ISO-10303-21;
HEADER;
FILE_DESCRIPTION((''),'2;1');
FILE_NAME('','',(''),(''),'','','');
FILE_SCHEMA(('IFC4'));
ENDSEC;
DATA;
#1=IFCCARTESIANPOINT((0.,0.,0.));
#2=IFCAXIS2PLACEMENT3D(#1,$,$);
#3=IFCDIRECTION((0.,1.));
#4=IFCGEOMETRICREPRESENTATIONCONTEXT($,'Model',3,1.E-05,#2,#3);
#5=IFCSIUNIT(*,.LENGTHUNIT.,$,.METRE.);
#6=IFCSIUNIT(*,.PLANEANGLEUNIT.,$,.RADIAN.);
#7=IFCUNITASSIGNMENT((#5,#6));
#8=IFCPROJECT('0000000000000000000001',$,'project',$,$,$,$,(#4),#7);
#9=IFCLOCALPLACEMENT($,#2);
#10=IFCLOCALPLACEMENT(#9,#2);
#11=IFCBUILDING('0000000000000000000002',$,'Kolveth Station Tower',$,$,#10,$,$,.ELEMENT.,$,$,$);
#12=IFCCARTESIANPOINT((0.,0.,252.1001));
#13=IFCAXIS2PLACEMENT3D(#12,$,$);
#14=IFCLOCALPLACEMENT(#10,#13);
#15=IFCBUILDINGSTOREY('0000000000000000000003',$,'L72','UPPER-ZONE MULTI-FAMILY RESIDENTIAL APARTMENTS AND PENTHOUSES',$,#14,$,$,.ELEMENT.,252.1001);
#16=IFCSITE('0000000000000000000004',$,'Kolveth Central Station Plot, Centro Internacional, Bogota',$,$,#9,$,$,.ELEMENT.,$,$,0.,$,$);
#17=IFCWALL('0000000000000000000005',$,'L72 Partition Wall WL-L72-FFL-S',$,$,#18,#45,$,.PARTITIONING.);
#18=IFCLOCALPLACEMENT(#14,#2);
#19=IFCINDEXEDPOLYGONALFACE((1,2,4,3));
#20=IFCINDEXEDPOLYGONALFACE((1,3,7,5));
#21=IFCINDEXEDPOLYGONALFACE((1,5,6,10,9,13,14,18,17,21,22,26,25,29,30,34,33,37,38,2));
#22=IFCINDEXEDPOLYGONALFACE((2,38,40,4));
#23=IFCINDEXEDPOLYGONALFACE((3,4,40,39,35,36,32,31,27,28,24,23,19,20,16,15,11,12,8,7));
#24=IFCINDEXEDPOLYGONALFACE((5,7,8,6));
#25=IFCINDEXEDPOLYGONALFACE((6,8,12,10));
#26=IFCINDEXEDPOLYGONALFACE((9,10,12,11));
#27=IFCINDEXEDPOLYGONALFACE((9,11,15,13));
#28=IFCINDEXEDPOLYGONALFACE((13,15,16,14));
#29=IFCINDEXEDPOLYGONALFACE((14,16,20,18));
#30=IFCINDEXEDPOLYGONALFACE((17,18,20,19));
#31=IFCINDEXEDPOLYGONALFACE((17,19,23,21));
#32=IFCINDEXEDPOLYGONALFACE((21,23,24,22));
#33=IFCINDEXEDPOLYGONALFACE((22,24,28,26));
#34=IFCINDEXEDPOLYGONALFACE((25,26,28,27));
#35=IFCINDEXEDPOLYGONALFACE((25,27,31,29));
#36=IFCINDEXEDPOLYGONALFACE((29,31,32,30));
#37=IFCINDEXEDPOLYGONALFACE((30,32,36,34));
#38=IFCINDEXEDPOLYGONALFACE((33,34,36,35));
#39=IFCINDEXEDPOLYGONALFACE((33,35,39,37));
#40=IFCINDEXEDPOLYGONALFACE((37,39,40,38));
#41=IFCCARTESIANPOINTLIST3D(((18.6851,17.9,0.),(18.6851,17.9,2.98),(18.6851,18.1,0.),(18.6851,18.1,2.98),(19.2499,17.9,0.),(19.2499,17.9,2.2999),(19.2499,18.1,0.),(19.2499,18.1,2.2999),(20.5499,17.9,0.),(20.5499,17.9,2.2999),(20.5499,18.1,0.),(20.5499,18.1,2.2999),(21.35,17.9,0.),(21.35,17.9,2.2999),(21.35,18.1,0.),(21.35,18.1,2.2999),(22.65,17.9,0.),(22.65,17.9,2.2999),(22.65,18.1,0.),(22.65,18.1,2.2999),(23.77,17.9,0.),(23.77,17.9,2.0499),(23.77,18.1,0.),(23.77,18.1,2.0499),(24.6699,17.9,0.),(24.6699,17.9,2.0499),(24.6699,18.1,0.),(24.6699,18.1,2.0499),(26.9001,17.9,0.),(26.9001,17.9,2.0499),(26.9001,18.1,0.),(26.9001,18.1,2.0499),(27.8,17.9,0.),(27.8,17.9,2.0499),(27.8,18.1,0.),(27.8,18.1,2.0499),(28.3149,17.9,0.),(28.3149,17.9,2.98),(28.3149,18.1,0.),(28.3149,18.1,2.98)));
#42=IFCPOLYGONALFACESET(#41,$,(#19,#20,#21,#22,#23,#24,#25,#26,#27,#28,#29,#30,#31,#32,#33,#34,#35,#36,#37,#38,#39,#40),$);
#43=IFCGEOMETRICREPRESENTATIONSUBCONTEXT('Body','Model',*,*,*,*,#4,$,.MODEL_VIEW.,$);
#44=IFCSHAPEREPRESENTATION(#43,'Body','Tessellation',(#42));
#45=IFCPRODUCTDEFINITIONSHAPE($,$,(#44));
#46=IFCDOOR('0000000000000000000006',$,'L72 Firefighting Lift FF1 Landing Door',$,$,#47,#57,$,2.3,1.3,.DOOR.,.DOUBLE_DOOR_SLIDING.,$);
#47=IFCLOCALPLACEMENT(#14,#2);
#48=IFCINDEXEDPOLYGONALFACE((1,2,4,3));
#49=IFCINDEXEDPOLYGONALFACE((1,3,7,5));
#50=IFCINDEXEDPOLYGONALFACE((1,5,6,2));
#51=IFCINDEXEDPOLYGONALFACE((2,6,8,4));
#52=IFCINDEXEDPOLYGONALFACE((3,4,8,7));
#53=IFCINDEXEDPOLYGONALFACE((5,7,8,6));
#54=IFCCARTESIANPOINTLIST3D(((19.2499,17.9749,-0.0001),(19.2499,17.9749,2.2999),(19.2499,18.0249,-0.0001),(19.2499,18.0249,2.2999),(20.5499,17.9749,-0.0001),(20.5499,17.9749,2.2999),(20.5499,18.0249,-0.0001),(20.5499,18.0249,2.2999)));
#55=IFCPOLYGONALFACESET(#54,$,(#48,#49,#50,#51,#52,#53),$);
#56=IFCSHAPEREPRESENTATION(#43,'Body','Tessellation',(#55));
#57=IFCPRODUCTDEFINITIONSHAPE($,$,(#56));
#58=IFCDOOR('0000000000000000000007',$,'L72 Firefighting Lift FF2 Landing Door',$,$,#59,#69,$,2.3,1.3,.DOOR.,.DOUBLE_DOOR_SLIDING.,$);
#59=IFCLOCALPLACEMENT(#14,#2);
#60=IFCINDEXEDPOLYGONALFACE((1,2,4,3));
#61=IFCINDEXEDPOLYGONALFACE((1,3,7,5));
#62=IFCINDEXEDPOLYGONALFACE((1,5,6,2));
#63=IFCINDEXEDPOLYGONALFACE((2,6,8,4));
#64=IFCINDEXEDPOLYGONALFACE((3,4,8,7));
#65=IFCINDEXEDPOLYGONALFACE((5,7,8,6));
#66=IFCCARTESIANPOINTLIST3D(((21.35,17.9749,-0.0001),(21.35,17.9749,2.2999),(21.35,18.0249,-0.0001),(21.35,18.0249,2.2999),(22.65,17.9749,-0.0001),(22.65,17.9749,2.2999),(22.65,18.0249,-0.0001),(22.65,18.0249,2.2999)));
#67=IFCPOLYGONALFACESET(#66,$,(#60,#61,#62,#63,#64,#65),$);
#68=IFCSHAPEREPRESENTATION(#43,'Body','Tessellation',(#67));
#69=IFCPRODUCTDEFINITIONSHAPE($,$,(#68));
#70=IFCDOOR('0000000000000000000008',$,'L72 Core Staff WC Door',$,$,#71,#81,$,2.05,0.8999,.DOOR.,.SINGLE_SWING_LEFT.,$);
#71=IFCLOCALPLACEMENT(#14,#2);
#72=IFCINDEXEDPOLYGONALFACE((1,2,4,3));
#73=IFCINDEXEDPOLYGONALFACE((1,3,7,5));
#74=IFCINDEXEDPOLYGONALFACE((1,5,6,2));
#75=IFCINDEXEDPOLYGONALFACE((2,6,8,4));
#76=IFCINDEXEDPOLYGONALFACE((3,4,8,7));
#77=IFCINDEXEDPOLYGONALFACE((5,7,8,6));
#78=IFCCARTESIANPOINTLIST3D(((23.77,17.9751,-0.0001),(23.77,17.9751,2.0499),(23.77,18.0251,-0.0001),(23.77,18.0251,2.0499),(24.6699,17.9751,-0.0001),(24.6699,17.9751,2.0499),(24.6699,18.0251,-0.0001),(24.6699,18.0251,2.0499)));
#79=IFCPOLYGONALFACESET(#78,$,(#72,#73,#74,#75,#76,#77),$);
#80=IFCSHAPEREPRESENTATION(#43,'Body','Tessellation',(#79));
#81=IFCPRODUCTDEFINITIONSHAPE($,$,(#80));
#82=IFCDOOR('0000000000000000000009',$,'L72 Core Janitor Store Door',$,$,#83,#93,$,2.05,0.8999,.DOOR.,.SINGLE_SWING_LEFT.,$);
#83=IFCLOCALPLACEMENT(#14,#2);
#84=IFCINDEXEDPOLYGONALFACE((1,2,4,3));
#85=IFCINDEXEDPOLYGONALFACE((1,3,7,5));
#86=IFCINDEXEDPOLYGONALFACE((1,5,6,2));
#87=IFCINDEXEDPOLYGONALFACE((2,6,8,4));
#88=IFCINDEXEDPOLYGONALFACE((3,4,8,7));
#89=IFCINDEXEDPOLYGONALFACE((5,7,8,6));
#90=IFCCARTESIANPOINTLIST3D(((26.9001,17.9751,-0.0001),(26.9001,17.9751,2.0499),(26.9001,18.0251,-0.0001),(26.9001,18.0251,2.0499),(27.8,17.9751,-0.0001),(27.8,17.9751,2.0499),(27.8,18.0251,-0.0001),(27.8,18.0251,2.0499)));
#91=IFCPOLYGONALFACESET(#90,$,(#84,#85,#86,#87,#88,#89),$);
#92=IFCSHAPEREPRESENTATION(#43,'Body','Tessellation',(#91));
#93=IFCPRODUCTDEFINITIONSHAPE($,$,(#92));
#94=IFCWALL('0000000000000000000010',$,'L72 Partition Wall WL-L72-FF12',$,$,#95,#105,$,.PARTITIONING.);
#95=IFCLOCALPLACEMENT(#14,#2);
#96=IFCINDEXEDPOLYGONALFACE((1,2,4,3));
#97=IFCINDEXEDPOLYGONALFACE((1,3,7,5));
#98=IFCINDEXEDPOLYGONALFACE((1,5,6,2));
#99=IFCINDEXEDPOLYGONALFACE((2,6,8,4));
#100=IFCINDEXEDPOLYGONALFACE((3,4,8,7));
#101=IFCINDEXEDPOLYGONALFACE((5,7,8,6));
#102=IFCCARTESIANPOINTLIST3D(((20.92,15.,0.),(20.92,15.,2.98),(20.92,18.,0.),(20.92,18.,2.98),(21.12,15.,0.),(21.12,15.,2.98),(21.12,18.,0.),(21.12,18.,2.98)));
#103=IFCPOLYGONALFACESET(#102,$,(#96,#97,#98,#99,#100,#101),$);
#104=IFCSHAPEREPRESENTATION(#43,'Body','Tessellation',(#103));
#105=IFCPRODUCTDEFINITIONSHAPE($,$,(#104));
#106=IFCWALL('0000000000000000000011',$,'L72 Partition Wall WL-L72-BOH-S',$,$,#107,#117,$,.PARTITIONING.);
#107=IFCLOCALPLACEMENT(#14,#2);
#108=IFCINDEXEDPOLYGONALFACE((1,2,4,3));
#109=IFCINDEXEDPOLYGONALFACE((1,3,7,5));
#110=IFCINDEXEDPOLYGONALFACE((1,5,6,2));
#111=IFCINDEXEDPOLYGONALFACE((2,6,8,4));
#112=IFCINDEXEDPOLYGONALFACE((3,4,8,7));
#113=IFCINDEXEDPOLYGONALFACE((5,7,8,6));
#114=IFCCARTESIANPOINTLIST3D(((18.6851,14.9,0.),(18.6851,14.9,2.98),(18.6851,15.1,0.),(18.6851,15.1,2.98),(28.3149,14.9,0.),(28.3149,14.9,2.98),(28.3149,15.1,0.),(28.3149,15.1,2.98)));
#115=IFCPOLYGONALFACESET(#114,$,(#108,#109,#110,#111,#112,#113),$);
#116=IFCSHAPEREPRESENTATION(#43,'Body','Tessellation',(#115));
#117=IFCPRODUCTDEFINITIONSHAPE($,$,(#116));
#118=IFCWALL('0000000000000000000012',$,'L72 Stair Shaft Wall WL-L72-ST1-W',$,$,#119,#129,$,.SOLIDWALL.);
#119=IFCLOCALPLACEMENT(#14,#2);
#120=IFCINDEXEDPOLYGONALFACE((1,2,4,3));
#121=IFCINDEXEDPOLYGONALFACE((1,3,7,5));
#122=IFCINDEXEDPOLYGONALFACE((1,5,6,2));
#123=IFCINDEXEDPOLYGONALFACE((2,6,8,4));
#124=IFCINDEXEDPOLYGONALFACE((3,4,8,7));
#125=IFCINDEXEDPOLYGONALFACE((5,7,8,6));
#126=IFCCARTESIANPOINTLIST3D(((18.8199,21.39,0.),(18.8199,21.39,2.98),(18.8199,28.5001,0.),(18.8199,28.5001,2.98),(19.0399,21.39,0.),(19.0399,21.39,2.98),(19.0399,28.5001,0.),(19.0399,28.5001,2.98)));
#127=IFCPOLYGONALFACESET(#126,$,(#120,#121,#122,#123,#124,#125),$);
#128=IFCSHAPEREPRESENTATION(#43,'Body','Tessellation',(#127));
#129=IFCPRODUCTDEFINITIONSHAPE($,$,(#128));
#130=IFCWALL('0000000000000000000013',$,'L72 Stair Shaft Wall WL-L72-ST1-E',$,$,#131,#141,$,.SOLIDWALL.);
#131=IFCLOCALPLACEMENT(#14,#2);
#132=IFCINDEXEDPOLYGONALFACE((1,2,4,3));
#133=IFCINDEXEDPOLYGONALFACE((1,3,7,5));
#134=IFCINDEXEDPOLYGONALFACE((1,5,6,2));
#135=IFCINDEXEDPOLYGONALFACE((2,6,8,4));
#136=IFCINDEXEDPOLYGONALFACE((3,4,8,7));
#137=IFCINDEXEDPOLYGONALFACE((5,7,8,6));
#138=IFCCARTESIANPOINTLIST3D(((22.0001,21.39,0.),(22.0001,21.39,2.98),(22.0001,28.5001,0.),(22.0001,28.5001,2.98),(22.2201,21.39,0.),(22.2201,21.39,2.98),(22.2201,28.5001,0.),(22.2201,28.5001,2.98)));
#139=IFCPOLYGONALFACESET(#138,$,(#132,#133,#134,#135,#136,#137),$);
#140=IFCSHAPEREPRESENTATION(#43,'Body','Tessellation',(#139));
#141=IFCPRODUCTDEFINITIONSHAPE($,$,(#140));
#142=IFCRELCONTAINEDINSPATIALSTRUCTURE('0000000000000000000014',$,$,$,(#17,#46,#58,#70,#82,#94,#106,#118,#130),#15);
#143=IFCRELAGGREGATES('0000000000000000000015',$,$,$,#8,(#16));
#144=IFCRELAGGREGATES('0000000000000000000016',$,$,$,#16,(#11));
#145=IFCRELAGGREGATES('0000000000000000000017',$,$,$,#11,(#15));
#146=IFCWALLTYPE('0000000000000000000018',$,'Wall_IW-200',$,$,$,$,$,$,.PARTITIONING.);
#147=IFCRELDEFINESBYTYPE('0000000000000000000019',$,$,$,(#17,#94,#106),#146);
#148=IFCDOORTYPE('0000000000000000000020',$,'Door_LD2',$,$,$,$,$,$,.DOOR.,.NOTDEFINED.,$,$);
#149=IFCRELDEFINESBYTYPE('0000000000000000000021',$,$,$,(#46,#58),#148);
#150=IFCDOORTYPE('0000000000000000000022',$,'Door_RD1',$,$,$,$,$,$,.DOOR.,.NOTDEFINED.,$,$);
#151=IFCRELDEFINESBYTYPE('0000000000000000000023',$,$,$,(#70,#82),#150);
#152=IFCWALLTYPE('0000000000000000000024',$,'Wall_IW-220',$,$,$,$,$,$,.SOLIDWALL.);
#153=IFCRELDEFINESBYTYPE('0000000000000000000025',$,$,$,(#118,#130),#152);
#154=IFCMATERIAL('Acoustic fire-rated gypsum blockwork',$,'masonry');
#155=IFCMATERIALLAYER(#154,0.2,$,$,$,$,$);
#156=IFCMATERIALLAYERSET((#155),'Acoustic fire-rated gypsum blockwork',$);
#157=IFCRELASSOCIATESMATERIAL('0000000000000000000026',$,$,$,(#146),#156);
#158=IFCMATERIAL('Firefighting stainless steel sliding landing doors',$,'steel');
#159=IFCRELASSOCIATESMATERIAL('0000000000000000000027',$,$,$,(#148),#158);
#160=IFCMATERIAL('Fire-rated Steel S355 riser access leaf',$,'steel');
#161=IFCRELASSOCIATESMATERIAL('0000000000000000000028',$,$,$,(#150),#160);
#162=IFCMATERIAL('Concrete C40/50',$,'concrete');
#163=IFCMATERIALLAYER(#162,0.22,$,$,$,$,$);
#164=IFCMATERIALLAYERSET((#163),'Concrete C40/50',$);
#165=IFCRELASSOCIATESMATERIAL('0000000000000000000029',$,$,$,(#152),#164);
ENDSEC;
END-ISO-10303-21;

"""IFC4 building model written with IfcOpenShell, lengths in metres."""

from ifc_helpers import new_model, si_unit, direction, frame, frame_2d, origin, place, context, subcontext, project, spatial, rectangle, extrude, material, layer, layer_set, type_object, element, fill, save


model = new_model("IFC4")

# Units and contexts
model_context = context("Model", 3, precision=1e-05, world=origin(), true_north=direction((0.0, 1.0)))
body_context = subcontext(model_context, "Body", "Model", "MODEL_VIEW")
ifc_project = project(units=[si_unit("LENGTHUNIT", "METRE"), si_unit("PLANEANGLEUNIT", "RADIAN")], contexts=[model_context])

# Site, building, storey
site_placement = place(None, origin())
site = spatial("IfcSite", under=ifc_project, at=site_placement, Name="Kolveth Central Station Plot, Centro Internacional, Bogota", CompositionType="ELEMENT", RefElevation=0.0)
building_placement = place(site_placement, origin())
building = spatial("IfcBuilding", under=site, at=building_placement, Name="Kolveth Station Tower", CompositionType="ELEMENT")
storey_placement = place(building_placement, frame((0.0, 0.0, 252.1001)))
storey = spatial("IfcBuildingStorey", under=building, at=storey_placement, Name="L72", Description="UPPER-ZONE MULTI-FAMILY RESIDENTIAL APARTMENTS AND PENTHOUSES", CompositionType="ELEMENT", Elevation=252.1001)

# Shared definitions
ifc_material_1 = material(Name="Acoustic fire-rated gypsum blockwork", Category="masonry")
ifc_layer_1 = layer(ifc_material_1, 0.2)
ifc_layer_set_1 = layer_set([ifc_layer_1], Name="Acoustic fire-rated gypsum blockwork")
wall_type_1 = type_object("IfcWallType", Name="Wall_IW-200", PredefinedType="PARTITIONING", material=ifc_layer_set_1)

# Wall, openings, doors
wall_1_placement = place(storey_placement, frame((18.6851, 18.0, 0.0), z_axis=(0.0, 0.0, 1.0), x_axis=(1.0, 0.0, 0.0)))
wall_1 = element("IfcWall", 1, at=wall_1_placement, inside=storey, type_object=wall_type_1, Name="L72 Partition Wall WL-L72-FFL-S", PredefinedType="PARTITIONING", context=body_context, shape_type="SweptSolid", body=[
    extrude(rectangle(XDim=9.6299, YDim=0.2, at=frame_2d((4.8149, 0.0))), origin(), (0.0, 0.0, 1.0), 2.98),
])
opening_1_placement = place(wall_1_placement, frame((0.5649, 0.0, 0.0)))
opening_1 = element("IfcOpeningElement", 2, at=opening_1_placement, cuts=wall_1, PredefinedType="OPENING", context=body_context, shape_type="SweptSolid", body=[
    extrude(rectangle(XDim=1.3, YDim=2.3, at=frame_2d((0.6499, 1.1499))), frame((0.0, 0.1099, 0.0), z_axis=(0.0, -1.0, 0.0), x_axis=(1.0, 0.0, 0.0)), (0.0, 0.0, 1.0), 0.22),
])
opening_2_placement = place(wall_1_placement, frame((2.665, 0.0, 0.0)))
opening_2 = element("IfcOpeningElement", 3, at=opening_2_placement, cuts=wall_1, PredefinedType="OPENING", context=body_context, shape_type="SweptSolid", body=[
    extrude(rectangle(XDim=1.3, YDim=2.3, at=frame_2d((0.6499, 1.1499))), frame((0.0, 0.1099, 0.0), z_axis=(0.0, -1.0, 0.0), x_axis=(1.0, 0.0, 0.0)), (0.0, 0.0, 1.0), 0.22),
])
opening_3_placement = place(wall_1_placement, frame((5.085, 0.0, 0.0)))
opening_3 = element("IfcOpeningElement", 4, at=opening_3_placement, cuts=wall_1, PredefinedType="OPENING", context=body_context, shape_type="SweptSolid", body=[
    extrude(rectangle(XDim=0.8999, YDim=2.05, at=frame_2d((0.45, 1.0249))), frame((0.0, 0.1099, 0.0), z_axis=(0.0, -1.0, 0.0), x_axis=(1.0, 0.0, 0.0)), (0.0, 0.0, 1.0), 0.22),
])
opening_4_placement = place(wall_1_placement, frame((8.2151, 0.0, 0.0)))
opening_4 = element("IfcOpeningElement", 5, at=opening_4_placement, cuts=wall_1, PredefinedType="OPENING", context=body_context, shape_type="SweptSolid", body=[
    extrude(rectangle(XDim=0.8999, YDim=2.05, at=frame_2d((0.45, 1.0249))), frame((0.0, 0.1099, 0.0), z_axis=(0.0, -1.0, 0.0), x_axis=(1.0, 0.0, 0.0)), (0.0, 0.0, 1.0), 0.22),
])
ifc_material_2 = material(Name="Firefighting stainless steel sliding landing doors", Category="steel")
door_type_1 = type_object("IfcDoorType", Name="Door_LD2", OperationType="NOTDEFINED", PredefinedType="DOOR", material=ifc_material_2)
door_1_placement = place(opening_1_placement, origin())
door_1 = element("IfcDoor", 6, at=door_1_placement, inside=storey, type_object=door_type_1, Name="L72 Firefighting Lift FF1 Landing Door", OperationType="DOUBLE_DOOR_SLIDING", OverallHeight=2.3, OverallWidth=1.3, PredefinedType="DOOR", context=body_context, shape_type="SweptSolid", body=[
    extrude(rectangle(XDim=1.3, YDim=2.3, at=frame_2d((0.6499, 1.1499))), frame((0.0, 0.0249, 0.0), z_axis=(0.0, -1.0, 0.0), x_axis=(1.0, 0.0, 0.0)), (0.0, 0.0, 1.0), 0.05),
])
fill(opening_1, door_1)
door_2_placement = place(opening_2_placement, origin())
door_2 = element("IfcDoor", 7, at=door_2_placement, inside=storey, type_object=door_type_1, Name="L72 Firefighting Lift FF2 Landing Door", OperationType="DOUBLE_DOOR_SLIDING", OverallHeight=2.3, OverallWidth=1.3, PredefinedType="DOOR", context=body_context, shape_type="SweptSolid", body=[
    extrude(rectangle(XDim=1.3, YDim=2.3, at=frame_2d((0.6499, 1.1499))), frame((0.0, 0.0249, 0.0), z_axis=(0.0, -1.0, 0.0), x_axis=(1.0, 0.0, 0.0)), (0.0, 0.0, 1.0), 0.05),
])
fill(opening_2, door_2)
ifc_material_3 = material(Name="Fire-rated Steel S355 riser access leaf", Category="steel")
door_type_2 = type_object("IfcDoorType", Name="Door_RD1", OperationType="NOTDEFINED", PredefinedType="DOOR", material=ifc_material_3)
door_3_placement = place(opening_3_placement, frame((0.8999, 0.0, 0.0), z_axis=(0.0, 0.0, 1.0), x_axis=(-1.0, 0.0, 0.0)))
door_3 = element("IfcDoor", 8, at=door_3_placement, inside=storey, type_object=door_type_2, Name="L72 Core Staff WC Door", OperationType="SINGLE_SWING_LEFT", OverallHeight=2.05, OverallWidth=0.8999, PredefinedType="DOOR", context=body_context, shape_type="SweptSolid", body=[
    extrude(rectangle(XDim=0.8999, YDim=2.05, at=frame_2d((0.45, 1.0249))), frame((0.0, 0.0249, 0.0), z_axis=(0.0, -1.0, 0.0), x_axis=(1.0, 0.0, 0.0)), (0.0, 0.0, 1.0), 0.05),
])
fill(opening_3, door_3)
door_4_placement = place(opening_4_placement, frame((0.8999, 0.0, 0.0), z_axis=(0.0, 0.0, 1.0), x_axis=(-1.0, 0.0, 0.0)))
door_4 = element("IfcDoor", 9, at=door_4_placement, inside=storey, type_object=door_type_2, Name="L72 Core Janitor Store Door", OperationType="SINGLE_SWING_LEFT", OverallHeight=2.05, OverallWidth=0.8999, PredefinedType="DOOR", context=body_context, shape_type="SweptSolid", body=[
    extrude(rectangle(XDim=0.8999, YDim=2.05, at=frame_2d((0.45, 1.0249))), frame((0.0, 0.0249, 0.0), z_axis=(0.0, -1.0, 0.0), x_axis=(1.0, 0.0, 0.0)), (0.0, 0.0, 1.0), 0.05),
])
fill(opening_4, door_4)

# Walls
wall_2_placement = place(storey_placement, frame((21.02, 15.0, 0.0), z_axis=(0.0, 0.0, 1.0), x_axis=(0.0, 1.0, 0.0)))
element("IfcWall", 10, at=wall_2_placement, inside=storey, type_object=wall_type_1, Name="L72 Partition Wall WL-L72-FF12", PredefinedType="PARTITIONING", context=body_context, shape_type="SweptSolid", body=[
    extrude(rectangle(XDim=3.0, YDim=0.2, at=frame_2d((1.5, 0.0))), origin(), (0.0, 0.0, 1.0), 2.98),
])
wall_3_placement = place(storey_placement, frame((18.6851, 15.0, 0.0), z_axis=(0.0, 0.0, 1.0), x_axis=(1.0, 0.0, 0.0)))
element("IfcWall", 11, at=wall_3_placement, inside=storey, type_object=wall_type_1, Name="L72 Partition Wall WL-L72-BOH-S", PredefinedType="PARTITIONING", context=body_context, shape_type="SweptSolid", body=[
    extrude(rectangle(XDim=9.6299, YDim=0.2, at=frame_2d((4.8149, 0.0))), origin(), (0.0, 0.0, 1.0), 2.98),
])
ifc_material_4 = material(Name="Concrete C40/50", Category="concrete")
ifc_layer_2 = layer(ifc_material_4, 0.22)
ifc_layer_set_2 = layer_set([ifc_layer_2], Name="Concrete C40/50")
wall_type_2 = type_object("IfcWallType", Name="Wall_IW-220", PredefinedType="SOLIDWALL", material=ifc_layer_set_2)
for number, where, z_axis, x_axis, name in (
    (12, (18.9299, 21.3899, 0.0), (0.0, 0.0, 1.0), (0.0, 1.0, 0.0), "L72 Stair Shaft Wall WL-L72-ST1-W"),
    (13, (22.1101, 21.3899, 0.0), (0.0, 0.0, 1.0), (0.0, 1.0, 0.0), "L72 Stair Shaft Wall WL-L72-ST1-E"),
):
    element("IfcWall", number, at=place(storey_placement, frame(where, z_axis=z_axis, x_axis=x_axis)), inside=storey, type_object=wall_type_2, Name=name, PredefinedType="SOLIDWALL", context=body_context, shape_type="SweptSolid", body=[
        extrude(rectangle(XDim=7.1101, YDim=0.22, at=frame_2d((3.5552, 0.0))), origin(), (0.0, 0.0, 1.0), 2.98),
    ])

save(model, "model.ifc")
